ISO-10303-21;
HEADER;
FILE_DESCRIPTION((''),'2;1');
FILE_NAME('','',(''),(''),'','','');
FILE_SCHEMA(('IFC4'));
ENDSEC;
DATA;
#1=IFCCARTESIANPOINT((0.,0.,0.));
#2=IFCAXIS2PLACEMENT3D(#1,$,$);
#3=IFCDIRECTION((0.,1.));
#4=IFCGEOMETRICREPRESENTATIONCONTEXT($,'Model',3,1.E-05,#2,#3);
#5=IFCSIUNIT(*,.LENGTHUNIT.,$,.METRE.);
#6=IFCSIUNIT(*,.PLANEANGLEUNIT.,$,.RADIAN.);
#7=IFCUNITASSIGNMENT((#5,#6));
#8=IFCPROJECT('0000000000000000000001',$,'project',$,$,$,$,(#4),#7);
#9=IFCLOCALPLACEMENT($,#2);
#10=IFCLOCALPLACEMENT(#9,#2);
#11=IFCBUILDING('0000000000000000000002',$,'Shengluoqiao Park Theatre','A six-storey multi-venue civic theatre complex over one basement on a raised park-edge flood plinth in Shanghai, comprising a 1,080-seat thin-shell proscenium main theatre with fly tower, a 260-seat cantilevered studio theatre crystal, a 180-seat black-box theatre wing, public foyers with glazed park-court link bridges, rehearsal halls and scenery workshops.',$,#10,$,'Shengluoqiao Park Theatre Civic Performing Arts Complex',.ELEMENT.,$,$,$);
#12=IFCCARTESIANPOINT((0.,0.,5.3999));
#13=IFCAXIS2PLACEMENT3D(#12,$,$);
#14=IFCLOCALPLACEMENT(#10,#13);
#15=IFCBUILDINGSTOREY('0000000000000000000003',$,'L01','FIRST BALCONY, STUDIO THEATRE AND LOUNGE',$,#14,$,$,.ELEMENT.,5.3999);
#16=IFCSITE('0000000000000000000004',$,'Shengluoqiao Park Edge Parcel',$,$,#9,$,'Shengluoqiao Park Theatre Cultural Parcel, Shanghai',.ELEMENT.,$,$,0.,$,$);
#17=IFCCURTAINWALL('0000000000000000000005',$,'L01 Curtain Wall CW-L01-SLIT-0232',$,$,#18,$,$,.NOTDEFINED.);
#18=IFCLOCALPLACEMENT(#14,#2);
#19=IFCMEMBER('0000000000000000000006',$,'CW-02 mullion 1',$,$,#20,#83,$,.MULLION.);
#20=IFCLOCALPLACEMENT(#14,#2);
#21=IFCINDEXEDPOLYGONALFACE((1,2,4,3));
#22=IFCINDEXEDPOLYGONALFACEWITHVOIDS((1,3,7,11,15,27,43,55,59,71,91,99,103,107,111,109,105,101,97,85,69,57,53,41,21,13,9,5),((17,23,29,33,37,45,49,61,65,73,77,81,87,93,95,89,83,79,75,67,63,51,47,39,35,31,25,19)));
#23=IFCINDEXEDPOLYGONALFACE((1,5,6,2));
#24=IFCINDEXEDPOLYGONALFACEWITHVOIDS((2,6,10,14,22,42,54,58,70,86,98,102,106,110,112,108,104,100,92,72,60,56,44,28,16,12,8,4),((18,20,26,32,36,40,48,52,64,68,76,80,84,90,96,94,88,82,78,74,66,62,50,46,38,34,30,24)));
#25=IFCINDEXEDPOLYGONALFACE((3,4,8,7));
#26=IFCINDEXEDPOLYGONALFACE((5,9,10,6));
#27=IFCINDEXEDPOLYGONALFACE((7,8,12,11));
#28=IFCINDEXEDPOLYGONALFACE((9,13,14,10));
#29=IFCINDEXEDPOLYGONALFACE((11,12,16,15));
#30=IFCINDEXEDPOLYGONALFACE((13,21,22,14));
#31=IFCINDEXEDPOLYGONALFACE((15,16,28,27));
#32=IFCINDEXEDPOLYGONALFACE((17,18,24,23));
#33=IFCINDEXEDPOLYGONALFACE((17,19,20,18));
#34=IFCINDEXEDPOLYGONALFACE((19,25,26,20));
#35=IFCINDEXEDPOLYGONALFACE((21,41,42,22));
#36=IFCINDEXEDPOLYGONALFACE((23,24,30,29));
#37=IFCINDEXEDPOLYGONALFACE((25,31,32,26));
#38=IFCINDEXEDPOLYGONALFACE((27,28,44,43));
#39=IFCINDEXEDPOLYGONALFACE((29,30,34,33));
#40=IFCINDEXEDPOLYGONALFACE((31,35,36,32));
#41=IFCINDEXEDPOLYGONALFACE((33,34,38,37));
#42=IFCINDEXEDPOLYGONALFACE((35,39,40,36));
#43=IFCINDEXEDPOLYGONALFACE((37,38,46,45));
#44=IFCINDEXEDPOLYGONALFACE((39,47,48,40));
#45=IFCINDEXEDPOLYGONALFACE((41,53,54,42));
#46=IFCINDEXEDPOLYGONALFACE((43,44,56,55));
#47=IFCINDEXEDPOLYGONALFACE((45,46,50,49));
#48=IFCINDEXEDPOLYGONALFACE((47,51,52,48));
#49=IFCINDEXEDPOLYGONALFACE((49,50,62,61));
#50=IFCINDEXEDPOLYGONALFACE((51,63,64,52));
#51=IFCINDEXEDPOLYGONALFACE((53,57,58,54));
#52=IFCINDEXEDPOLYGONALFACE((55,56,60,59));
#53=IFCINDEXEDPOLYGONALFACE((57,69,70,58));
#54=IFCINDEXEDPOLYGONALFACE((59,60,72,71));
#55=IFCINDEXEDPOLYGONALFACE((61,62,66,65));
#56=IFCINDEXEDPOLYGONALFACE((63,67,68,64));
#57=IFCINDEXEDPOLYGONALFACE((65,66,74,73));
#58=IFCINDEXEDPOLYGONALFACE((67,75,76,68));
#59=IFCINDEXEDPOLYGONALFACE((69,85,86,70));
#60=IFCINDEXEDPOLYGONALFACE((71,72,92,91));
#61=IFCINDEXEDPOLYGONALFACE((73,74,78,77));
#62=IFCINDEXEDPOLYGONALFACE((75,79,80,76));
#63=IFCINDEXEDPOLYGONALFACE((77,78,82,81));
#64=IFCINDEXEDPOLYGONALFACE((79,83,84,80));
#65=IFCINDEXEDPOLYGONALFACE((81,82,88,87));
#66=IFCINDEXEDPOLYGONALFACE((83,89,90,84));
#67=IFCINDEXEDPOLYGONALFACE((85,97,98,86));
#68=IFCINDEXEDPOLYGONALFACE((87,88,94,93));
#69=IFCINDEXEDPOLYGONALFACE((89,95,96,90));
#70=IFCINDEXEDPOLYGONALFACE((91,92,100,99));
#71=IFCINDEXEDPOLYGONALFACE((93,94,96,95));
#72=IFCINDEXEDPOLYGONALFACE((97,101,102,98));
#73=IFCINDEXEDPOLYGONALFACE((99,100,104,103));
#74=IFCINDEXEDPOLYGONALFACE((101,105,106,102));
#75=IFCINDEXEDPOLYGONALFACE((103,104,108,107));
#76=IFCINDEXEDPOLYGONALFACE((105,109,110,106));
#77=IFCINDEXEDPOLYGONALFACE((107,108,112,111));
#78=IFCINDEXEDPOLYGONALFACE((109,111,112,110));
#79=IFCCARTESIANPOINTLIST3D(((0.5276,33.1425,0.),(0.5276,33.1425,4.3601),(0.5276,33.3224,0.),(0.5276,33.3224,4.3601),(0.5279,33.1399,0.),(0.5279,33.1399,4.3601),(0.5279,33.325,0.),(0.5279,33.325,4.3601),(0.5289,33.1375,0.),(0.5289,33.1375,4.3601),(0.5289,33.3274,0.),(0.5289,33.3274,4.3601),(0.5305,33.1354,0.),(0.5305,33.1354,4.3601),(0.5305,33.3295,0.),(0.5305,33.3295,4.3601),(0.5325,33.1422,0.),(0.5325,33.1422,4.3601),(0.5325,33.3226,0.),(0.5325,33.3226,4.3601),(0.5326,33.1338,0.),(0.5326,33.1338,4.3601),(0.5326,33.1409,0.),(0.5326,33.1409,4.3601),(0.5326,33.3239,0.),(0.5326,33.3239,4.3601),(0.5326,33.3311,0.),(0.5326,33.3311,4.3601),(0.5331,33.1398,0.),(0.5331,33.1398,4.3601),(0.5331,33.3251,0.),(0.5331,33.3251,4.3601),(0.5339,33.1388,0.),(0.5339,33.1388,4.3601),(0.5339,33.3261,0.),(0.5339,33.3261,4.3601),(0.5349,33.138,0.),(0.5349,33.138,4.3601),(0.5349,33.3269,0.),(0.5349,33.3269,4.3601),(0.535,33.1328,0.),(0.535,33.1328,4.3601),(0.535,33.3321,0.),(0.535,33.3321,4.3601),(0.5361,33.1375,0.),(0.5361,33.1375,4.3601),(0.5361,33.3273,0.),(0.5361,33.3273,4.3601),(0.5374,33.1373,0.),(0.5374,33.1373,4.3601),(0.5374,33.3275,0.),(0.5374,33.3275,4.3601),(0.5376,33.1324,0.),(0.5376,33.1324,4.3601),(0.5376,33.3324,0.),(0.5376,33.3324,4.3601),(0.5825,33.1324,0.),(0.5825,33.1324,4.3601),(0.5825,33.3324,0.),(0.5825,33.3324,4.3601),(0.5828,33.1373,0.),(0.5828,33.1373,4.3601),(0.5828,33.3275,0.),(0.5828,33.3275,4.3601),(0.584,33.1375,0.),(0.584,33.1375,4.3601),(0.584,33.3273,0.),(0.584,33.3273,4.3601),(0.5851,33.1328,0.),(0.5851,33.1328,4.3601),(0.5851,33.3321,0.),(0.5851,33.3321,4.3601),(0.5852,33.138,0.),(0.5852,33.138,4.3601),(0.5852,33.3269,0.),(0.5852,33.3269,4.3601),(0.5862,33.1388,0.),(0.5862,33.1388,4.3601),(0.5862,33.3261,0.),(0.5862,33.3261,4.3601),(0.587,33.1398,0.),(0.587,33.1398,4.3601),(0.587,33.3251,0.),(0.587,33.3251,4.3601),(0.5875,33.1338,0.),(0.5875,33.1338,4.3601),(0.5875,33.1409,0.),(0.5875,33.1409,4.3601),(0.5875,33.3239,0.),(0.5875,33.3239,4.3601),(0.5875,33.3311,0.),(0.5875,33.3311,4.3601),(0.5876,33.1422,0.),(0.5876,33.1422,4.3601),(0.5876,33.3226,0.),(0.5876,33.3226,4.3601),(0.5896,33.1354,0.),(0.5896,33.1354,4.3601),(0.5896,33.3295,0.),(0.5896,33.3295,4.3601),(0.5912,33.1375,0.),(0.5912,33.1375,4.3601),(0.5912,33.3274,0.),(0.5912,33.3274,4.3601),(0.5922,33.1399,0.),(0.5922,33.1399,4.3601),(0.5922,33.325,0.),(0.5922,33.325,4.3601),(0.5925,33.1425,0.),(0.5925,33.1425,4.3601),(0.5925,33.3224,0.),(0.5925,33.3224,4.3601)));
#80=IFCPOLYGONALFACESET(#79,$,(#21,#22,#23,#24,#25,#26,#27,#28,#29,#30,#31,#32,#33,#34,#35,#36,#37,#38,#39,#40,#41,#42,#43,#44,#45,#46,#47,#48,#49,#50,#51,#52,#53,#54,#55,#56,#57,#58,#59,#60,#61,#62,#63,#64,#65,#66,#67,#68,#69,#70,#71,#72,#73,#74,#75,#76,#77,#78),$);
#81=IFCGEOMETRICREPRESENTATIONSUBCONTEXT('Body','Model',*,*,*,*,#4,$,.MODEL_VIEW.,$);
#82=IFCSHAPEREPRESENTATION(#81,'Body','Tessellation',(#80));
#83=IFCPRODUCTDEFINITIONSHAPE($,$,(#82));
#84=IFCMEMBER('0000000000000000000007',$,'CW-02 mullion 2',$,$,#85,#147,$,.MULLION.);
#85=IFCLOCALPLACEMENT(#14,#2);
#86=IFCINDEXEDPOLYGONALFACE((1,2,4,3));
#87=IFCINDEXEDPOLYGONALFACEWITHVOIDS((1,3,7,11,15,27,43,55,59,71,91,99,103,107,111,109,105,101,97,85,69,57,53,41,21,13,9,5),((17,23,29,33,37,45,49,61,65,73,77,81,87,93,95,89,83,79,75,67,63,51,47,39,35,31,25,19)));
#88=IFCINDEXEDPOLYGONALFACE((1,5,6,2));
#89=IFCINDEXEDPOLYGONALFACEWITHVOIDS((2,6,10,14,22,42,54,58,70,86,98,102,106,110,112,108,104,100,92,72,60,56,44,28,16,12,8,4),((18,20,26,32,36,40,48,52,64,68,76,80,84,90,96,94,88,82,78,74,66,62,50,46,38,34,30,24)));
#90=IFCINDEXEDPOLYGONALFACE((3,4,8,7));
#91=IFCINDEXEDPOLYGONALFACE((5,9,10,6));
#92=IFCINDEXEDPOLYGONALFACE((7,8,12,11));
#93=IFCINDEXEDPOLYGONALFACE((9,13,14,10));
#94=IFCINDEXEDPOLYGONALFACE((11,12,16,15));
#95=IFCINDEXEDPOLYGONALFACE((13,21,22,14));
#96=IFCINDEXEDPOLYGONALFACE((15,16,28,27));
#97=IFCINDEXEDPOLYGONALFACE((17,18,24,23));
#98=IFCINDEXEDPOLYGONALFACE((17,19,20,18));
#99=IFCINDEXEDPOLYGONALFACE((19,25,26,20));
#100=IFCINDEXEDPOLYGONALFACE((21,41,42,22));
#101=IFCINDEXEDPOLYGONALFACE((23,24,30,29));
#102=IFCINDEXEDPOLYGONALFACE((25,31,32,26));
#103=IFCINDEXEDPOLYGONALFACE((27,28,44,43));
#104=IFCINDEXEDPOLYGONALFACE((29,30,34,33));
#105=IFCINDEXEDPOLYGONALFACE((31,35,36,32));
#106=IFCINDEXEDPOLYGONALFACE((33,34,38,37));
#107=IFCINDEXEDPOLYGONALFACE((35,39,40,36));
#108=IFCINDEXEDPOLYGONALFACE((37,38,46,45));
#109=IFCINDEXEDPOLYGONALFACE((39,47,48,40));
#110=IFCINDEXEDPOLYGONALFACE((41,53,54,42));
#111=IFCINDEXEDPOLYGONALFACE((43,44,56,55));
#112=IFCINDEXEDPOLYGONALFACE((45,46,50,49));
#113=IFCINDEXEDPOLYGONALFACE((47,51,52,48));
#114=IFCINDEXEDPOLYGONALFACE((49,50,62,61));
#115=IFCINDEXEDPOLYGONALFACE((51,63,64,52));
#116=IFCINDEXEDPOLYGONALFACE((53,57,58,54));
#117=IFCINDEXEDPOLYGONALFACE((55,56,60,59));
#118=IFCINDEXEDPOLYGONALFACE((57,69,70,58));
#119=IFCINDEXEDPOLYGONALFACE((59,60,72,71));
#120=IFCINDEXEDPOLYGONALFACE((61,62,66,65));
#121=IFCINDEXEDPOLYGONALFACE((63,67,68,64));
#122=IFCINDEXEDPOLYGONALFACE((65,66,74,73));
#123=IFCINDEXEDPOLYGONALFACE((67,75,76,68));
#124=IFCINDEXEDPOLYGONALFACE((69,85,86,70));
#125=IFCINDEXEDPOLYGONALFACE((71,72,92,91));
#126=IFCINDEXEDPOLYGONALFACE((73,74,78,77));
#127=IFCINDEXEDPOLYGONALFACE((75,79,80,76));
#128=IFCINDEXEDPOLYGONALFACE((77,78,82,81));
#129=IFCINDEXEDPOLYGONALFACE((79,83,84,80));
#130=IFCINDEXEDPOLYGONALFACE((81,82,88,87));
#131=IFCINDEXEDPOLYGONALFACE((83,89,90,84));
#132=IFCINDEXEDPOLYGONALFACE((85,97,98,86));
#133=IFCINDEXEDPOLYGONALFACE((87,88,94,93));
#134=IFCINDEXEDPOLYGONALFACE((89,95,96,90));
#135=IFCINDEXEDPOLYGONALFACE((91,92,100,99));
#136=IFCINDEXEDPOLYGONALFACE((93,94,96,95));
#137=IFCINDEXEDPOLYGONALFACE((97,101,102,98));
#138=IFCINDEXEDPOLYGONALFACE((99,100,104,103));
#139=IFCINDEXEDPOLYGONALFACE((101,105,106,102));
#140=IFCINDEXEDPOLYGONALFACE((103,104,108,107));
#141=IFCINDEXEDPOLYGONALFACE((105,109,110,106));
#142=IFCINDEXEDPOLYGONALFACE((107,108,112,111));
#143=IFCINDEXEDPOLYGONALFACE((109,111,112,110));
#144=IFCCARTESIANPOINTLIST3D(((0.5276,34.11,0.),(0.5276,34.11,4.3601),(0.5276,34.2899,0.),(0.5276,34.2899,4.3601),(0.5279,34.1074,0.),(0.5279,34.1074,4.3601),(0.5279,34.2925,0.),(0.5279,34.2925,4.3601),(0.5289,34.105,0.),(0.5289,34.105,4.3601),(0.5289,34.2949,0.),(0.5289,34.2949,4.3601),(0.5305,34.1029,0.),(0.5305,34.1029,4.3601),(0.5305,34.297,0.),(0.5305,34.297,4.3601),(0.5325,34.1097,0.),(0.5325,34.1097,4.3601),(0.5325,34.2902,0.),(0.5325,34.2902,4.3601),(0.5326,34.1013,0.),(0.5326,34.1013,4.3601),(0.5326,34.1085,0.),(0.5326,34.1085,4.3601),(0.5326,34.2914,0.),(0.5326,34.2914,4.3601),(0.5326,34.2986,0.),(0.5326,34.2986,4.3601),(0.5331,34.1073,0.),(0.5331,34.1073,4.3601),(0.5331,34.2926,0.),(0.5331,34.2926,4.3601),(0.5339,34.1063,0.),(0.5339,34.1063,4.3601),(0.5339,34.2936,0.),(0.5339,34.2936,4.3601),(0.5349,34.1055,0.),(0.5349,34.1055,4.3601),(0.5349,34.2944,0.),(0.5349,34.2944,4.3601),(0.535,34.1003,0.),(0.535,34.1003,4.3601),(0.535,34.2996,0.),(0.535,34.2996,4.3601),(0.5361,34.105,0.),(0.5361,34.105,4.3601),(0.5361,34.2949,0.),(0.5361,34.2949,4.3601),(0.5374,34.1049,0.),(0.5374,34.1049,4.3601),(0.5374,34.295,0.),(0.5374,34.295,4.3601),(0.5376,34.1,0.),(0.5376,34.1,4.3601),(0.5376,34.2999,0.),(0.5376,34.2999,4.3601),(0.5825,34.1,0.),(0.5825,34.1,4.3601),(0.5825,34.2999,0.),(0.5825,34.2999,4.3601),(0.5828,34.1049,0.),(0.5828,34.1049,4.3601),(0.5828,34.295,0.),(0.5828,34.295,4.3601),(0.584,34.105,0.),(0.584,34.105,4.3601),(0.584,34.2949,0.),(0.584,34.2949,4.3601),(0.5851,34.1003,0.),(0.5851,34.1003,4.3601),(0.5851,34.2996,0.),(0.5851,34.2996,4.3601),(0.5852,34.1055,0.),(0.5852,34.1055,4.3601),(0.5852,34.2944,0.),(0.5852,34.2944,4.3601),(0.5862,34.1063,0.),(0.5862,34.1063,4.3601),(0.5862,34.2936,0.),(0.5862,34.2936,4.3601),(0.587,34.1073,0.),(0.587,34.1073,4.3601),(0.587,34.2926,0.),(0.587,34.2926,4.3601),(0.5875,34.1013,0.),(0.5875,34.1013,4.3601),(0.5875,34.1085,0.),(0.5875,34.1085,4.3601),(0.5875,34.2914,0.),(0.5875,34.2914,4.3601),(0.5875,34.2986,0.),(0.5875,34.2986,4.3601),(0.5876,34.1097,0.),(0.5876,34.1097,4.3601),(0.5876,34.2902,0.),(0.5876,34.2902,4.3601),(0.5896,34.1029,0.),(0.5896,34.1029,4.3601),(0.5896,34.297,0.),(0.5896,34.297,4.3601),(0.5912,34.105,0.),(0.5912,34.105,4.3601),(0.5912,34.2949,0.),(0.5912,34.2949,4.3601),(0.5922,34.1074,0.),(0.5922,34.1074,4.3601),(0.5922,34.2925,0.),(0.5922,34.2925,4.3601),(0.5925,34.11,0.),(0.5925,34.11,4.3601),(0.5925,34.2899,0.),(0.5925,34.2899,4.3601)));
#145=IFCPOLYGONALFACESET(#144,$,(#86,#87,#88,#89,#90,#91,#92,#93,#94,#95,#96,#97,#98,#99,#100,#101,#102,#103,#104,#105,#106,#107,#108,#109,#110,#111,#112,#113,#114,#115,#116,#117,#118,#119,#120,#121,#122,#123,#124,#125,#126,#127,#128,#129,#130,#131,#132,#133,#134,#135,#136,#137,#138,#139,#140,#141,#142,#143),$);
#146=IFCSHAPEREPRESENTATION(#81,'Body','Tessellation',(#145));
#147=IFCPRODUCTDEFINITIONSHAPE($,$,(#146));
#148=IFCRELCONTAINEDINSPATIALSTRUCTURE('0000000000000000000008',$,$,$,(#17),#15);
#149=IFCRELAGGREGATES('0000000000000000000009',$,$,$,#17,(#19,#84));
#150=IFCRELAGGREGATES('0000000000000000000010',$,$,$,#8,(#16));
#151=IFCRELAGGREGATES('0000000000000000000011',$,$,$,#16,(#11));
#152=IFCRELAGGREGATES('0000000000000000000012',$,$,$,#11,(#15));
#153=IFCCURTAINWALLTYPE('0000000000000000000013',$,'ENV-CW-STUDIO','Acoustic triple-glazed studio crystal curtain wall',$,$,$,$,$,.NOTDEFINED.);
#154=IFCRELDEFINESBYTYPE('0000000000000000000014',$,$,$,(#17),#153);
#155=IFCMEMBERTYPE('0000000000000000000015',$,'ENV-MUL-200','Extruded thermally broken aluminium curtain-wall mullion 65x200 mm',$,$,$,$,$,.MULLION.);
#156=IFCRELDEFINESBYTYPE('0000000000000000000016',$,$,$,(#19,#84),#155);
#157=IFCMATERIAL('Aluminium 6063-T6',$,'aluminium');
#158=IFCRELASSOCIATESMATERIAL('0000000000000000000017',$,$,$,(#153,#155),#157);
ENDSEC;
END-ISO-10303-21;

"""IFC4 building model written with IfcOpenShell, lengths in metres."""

from ifc_helpers import new_model, si_unit, direction, frame, origin, origin_2d, place, context, subcontext, project, spatial, hollow_rectangle, extrude, material, material_profile, profile_set, type_object, element, aggregate, save


model = new_model("IFC4")

# Units and contexts
model_context = context("Model", 3, precision=1e-05, world=origin(), true_north=direction((0.0, 1.0)))
body_context = subcontext(model_context, "Body", "Model", "MODEL_VIEW")
ifc_project = project(units=[si_unit("LENGTHUNIT", "METRE"), si_unit("PLANEANGLEUNIT", "RADIAN")], contexts=[model_context])

# Site, building, storey
site_placement = place(None, origin())
site = spatial("IfcSite", under=ifc_project, at=site_placement, Name="Shengluoqiao Park Edge Parcel", LongName="Shengluoqiao Park Theatre Cultural Parcel, Shanghai", CompositionType="ELEMENT", RefElevation=0.0)
building_placement = place(site_placement, origin())
building = spatial("IfcBuilding", under=site, at=building_placement, Name="Shengluoqiao Park Theatre", Description="A six-storey multi-venue civic theatre complex over one basement on a raised park-edge flood plinth in Shanghai, comprising a 1,080-seat thin-shell proscenium main theatre with fly tower, a 260-seat cantilevered studio theatre crystal, a 180-seat black-box theatre wing, public foyers with glazed park-court link bridges, rehearsal halls and scenery workshops.", LongName="Shengluoqiao Park Theatre Civic Performing Arts Complex", CompositionType="ELEMENT")
storey_placement = place(building_placement, frame((0.0, 0.0, 5.3999)))
storey = spatial("IfcBuildingStorey", under=building, at=storey_placement, Name="L01", Description="FIRST BALCONY, STUDIO THEATRE AND LOUNGE", CompositionType="ELEMENT", Elevation=5.3999)

# Curtain wall, members
ifc_material_1 = material(Name="Aluminium 6063-T6", Category="aluminium")
curtain_wall_type = type_object("IfcCurtainWallType", Name="ENV-CW-STUDIO", Description="Acoustic triple-glazed studio crystal curtain wall", PredefinedType="NOTDEFINED", material=ifc_material_1)
curtain_wall_placement = place(storey_placement, origin())
curtain_wall = element("IfcCurtainWall", 1, at=curtain_wall_placement, inside=storey, type_object=curtain_wall_type, Name="L01 Curtain Wall CW-L01-SLIT-0232", PredefinedType="NOTDEFINED")
ifc_material_profile_1 = material_profile(ifc_material_1, hollow_rectangle(XDim=0.0649, YDim=0.2, WallThickness=0.0049, InnerFilletRadius=0.0049, OuterFilletRadius=0.01, at=origin_2d()), Name="ALU MULLION 200x65x5")
ifc_profile_set_1 = profile_set([ifc_material_profile_1], Name="Aluminium 6063-T6")
member_type_1 = type_object("IfcMemberType", Name="ENV-MUL-200", Description="Extruded thermally broken aluminium curtain-wall mullion 65x200 mm", PredefinedType="MULLION", material=ifc_profile_set_1)
member_1_placement = place(storey_placement, frame((0.5601, 33.2324, 0.0), z_axis=(0.0, 0.0, 1.0), x_axis=(-1.0, 0.0, 0.0)))
member_1 = element("IfcMember", 2, at=member_1_placement, type_object=member_type_1, Name="CW-02 mullion 1", PredefinedType="MULLION", context=body_context, shape_type="SweptSolid", body=[
    extrude(hollow_rectangle(XDim=0.0649, YDim=0.2, WallThickness=0.0049, InnerFilletRadius=0.0049, OuterFilletRadius=0.01, at=origin_2d()), origin(), (0.0, 0.0, 1.0), 4.3601),
])
member_2_placement = place(storey_placement, frame((0.5601, 34.2, 0.0), z_axis=(0.0, 0.0, 1.0), x_axis=(-1.0, 0.0, 0.0)))
member_2 = element("IfcMember", 3, at=member_2_placement, type_object=member_type_1, Name="CW-02 mullion 2", PredefinedType="MULLION", context=body_context, shape_type="SweptSolid", body=[
    extrude(hollow_rectangle(XDim=0.0649, YDim=0.2, WallThickness=0.0049, InnerFilletRadius=0.0049, OuterFilletRadius=0.01, at=origin_2d()), origin(), (0.0, 0.0, 1.0), 4.3601),
])

aggregate(curtain_wall, [member_1, member_2])

save(model, "model.ifc")
